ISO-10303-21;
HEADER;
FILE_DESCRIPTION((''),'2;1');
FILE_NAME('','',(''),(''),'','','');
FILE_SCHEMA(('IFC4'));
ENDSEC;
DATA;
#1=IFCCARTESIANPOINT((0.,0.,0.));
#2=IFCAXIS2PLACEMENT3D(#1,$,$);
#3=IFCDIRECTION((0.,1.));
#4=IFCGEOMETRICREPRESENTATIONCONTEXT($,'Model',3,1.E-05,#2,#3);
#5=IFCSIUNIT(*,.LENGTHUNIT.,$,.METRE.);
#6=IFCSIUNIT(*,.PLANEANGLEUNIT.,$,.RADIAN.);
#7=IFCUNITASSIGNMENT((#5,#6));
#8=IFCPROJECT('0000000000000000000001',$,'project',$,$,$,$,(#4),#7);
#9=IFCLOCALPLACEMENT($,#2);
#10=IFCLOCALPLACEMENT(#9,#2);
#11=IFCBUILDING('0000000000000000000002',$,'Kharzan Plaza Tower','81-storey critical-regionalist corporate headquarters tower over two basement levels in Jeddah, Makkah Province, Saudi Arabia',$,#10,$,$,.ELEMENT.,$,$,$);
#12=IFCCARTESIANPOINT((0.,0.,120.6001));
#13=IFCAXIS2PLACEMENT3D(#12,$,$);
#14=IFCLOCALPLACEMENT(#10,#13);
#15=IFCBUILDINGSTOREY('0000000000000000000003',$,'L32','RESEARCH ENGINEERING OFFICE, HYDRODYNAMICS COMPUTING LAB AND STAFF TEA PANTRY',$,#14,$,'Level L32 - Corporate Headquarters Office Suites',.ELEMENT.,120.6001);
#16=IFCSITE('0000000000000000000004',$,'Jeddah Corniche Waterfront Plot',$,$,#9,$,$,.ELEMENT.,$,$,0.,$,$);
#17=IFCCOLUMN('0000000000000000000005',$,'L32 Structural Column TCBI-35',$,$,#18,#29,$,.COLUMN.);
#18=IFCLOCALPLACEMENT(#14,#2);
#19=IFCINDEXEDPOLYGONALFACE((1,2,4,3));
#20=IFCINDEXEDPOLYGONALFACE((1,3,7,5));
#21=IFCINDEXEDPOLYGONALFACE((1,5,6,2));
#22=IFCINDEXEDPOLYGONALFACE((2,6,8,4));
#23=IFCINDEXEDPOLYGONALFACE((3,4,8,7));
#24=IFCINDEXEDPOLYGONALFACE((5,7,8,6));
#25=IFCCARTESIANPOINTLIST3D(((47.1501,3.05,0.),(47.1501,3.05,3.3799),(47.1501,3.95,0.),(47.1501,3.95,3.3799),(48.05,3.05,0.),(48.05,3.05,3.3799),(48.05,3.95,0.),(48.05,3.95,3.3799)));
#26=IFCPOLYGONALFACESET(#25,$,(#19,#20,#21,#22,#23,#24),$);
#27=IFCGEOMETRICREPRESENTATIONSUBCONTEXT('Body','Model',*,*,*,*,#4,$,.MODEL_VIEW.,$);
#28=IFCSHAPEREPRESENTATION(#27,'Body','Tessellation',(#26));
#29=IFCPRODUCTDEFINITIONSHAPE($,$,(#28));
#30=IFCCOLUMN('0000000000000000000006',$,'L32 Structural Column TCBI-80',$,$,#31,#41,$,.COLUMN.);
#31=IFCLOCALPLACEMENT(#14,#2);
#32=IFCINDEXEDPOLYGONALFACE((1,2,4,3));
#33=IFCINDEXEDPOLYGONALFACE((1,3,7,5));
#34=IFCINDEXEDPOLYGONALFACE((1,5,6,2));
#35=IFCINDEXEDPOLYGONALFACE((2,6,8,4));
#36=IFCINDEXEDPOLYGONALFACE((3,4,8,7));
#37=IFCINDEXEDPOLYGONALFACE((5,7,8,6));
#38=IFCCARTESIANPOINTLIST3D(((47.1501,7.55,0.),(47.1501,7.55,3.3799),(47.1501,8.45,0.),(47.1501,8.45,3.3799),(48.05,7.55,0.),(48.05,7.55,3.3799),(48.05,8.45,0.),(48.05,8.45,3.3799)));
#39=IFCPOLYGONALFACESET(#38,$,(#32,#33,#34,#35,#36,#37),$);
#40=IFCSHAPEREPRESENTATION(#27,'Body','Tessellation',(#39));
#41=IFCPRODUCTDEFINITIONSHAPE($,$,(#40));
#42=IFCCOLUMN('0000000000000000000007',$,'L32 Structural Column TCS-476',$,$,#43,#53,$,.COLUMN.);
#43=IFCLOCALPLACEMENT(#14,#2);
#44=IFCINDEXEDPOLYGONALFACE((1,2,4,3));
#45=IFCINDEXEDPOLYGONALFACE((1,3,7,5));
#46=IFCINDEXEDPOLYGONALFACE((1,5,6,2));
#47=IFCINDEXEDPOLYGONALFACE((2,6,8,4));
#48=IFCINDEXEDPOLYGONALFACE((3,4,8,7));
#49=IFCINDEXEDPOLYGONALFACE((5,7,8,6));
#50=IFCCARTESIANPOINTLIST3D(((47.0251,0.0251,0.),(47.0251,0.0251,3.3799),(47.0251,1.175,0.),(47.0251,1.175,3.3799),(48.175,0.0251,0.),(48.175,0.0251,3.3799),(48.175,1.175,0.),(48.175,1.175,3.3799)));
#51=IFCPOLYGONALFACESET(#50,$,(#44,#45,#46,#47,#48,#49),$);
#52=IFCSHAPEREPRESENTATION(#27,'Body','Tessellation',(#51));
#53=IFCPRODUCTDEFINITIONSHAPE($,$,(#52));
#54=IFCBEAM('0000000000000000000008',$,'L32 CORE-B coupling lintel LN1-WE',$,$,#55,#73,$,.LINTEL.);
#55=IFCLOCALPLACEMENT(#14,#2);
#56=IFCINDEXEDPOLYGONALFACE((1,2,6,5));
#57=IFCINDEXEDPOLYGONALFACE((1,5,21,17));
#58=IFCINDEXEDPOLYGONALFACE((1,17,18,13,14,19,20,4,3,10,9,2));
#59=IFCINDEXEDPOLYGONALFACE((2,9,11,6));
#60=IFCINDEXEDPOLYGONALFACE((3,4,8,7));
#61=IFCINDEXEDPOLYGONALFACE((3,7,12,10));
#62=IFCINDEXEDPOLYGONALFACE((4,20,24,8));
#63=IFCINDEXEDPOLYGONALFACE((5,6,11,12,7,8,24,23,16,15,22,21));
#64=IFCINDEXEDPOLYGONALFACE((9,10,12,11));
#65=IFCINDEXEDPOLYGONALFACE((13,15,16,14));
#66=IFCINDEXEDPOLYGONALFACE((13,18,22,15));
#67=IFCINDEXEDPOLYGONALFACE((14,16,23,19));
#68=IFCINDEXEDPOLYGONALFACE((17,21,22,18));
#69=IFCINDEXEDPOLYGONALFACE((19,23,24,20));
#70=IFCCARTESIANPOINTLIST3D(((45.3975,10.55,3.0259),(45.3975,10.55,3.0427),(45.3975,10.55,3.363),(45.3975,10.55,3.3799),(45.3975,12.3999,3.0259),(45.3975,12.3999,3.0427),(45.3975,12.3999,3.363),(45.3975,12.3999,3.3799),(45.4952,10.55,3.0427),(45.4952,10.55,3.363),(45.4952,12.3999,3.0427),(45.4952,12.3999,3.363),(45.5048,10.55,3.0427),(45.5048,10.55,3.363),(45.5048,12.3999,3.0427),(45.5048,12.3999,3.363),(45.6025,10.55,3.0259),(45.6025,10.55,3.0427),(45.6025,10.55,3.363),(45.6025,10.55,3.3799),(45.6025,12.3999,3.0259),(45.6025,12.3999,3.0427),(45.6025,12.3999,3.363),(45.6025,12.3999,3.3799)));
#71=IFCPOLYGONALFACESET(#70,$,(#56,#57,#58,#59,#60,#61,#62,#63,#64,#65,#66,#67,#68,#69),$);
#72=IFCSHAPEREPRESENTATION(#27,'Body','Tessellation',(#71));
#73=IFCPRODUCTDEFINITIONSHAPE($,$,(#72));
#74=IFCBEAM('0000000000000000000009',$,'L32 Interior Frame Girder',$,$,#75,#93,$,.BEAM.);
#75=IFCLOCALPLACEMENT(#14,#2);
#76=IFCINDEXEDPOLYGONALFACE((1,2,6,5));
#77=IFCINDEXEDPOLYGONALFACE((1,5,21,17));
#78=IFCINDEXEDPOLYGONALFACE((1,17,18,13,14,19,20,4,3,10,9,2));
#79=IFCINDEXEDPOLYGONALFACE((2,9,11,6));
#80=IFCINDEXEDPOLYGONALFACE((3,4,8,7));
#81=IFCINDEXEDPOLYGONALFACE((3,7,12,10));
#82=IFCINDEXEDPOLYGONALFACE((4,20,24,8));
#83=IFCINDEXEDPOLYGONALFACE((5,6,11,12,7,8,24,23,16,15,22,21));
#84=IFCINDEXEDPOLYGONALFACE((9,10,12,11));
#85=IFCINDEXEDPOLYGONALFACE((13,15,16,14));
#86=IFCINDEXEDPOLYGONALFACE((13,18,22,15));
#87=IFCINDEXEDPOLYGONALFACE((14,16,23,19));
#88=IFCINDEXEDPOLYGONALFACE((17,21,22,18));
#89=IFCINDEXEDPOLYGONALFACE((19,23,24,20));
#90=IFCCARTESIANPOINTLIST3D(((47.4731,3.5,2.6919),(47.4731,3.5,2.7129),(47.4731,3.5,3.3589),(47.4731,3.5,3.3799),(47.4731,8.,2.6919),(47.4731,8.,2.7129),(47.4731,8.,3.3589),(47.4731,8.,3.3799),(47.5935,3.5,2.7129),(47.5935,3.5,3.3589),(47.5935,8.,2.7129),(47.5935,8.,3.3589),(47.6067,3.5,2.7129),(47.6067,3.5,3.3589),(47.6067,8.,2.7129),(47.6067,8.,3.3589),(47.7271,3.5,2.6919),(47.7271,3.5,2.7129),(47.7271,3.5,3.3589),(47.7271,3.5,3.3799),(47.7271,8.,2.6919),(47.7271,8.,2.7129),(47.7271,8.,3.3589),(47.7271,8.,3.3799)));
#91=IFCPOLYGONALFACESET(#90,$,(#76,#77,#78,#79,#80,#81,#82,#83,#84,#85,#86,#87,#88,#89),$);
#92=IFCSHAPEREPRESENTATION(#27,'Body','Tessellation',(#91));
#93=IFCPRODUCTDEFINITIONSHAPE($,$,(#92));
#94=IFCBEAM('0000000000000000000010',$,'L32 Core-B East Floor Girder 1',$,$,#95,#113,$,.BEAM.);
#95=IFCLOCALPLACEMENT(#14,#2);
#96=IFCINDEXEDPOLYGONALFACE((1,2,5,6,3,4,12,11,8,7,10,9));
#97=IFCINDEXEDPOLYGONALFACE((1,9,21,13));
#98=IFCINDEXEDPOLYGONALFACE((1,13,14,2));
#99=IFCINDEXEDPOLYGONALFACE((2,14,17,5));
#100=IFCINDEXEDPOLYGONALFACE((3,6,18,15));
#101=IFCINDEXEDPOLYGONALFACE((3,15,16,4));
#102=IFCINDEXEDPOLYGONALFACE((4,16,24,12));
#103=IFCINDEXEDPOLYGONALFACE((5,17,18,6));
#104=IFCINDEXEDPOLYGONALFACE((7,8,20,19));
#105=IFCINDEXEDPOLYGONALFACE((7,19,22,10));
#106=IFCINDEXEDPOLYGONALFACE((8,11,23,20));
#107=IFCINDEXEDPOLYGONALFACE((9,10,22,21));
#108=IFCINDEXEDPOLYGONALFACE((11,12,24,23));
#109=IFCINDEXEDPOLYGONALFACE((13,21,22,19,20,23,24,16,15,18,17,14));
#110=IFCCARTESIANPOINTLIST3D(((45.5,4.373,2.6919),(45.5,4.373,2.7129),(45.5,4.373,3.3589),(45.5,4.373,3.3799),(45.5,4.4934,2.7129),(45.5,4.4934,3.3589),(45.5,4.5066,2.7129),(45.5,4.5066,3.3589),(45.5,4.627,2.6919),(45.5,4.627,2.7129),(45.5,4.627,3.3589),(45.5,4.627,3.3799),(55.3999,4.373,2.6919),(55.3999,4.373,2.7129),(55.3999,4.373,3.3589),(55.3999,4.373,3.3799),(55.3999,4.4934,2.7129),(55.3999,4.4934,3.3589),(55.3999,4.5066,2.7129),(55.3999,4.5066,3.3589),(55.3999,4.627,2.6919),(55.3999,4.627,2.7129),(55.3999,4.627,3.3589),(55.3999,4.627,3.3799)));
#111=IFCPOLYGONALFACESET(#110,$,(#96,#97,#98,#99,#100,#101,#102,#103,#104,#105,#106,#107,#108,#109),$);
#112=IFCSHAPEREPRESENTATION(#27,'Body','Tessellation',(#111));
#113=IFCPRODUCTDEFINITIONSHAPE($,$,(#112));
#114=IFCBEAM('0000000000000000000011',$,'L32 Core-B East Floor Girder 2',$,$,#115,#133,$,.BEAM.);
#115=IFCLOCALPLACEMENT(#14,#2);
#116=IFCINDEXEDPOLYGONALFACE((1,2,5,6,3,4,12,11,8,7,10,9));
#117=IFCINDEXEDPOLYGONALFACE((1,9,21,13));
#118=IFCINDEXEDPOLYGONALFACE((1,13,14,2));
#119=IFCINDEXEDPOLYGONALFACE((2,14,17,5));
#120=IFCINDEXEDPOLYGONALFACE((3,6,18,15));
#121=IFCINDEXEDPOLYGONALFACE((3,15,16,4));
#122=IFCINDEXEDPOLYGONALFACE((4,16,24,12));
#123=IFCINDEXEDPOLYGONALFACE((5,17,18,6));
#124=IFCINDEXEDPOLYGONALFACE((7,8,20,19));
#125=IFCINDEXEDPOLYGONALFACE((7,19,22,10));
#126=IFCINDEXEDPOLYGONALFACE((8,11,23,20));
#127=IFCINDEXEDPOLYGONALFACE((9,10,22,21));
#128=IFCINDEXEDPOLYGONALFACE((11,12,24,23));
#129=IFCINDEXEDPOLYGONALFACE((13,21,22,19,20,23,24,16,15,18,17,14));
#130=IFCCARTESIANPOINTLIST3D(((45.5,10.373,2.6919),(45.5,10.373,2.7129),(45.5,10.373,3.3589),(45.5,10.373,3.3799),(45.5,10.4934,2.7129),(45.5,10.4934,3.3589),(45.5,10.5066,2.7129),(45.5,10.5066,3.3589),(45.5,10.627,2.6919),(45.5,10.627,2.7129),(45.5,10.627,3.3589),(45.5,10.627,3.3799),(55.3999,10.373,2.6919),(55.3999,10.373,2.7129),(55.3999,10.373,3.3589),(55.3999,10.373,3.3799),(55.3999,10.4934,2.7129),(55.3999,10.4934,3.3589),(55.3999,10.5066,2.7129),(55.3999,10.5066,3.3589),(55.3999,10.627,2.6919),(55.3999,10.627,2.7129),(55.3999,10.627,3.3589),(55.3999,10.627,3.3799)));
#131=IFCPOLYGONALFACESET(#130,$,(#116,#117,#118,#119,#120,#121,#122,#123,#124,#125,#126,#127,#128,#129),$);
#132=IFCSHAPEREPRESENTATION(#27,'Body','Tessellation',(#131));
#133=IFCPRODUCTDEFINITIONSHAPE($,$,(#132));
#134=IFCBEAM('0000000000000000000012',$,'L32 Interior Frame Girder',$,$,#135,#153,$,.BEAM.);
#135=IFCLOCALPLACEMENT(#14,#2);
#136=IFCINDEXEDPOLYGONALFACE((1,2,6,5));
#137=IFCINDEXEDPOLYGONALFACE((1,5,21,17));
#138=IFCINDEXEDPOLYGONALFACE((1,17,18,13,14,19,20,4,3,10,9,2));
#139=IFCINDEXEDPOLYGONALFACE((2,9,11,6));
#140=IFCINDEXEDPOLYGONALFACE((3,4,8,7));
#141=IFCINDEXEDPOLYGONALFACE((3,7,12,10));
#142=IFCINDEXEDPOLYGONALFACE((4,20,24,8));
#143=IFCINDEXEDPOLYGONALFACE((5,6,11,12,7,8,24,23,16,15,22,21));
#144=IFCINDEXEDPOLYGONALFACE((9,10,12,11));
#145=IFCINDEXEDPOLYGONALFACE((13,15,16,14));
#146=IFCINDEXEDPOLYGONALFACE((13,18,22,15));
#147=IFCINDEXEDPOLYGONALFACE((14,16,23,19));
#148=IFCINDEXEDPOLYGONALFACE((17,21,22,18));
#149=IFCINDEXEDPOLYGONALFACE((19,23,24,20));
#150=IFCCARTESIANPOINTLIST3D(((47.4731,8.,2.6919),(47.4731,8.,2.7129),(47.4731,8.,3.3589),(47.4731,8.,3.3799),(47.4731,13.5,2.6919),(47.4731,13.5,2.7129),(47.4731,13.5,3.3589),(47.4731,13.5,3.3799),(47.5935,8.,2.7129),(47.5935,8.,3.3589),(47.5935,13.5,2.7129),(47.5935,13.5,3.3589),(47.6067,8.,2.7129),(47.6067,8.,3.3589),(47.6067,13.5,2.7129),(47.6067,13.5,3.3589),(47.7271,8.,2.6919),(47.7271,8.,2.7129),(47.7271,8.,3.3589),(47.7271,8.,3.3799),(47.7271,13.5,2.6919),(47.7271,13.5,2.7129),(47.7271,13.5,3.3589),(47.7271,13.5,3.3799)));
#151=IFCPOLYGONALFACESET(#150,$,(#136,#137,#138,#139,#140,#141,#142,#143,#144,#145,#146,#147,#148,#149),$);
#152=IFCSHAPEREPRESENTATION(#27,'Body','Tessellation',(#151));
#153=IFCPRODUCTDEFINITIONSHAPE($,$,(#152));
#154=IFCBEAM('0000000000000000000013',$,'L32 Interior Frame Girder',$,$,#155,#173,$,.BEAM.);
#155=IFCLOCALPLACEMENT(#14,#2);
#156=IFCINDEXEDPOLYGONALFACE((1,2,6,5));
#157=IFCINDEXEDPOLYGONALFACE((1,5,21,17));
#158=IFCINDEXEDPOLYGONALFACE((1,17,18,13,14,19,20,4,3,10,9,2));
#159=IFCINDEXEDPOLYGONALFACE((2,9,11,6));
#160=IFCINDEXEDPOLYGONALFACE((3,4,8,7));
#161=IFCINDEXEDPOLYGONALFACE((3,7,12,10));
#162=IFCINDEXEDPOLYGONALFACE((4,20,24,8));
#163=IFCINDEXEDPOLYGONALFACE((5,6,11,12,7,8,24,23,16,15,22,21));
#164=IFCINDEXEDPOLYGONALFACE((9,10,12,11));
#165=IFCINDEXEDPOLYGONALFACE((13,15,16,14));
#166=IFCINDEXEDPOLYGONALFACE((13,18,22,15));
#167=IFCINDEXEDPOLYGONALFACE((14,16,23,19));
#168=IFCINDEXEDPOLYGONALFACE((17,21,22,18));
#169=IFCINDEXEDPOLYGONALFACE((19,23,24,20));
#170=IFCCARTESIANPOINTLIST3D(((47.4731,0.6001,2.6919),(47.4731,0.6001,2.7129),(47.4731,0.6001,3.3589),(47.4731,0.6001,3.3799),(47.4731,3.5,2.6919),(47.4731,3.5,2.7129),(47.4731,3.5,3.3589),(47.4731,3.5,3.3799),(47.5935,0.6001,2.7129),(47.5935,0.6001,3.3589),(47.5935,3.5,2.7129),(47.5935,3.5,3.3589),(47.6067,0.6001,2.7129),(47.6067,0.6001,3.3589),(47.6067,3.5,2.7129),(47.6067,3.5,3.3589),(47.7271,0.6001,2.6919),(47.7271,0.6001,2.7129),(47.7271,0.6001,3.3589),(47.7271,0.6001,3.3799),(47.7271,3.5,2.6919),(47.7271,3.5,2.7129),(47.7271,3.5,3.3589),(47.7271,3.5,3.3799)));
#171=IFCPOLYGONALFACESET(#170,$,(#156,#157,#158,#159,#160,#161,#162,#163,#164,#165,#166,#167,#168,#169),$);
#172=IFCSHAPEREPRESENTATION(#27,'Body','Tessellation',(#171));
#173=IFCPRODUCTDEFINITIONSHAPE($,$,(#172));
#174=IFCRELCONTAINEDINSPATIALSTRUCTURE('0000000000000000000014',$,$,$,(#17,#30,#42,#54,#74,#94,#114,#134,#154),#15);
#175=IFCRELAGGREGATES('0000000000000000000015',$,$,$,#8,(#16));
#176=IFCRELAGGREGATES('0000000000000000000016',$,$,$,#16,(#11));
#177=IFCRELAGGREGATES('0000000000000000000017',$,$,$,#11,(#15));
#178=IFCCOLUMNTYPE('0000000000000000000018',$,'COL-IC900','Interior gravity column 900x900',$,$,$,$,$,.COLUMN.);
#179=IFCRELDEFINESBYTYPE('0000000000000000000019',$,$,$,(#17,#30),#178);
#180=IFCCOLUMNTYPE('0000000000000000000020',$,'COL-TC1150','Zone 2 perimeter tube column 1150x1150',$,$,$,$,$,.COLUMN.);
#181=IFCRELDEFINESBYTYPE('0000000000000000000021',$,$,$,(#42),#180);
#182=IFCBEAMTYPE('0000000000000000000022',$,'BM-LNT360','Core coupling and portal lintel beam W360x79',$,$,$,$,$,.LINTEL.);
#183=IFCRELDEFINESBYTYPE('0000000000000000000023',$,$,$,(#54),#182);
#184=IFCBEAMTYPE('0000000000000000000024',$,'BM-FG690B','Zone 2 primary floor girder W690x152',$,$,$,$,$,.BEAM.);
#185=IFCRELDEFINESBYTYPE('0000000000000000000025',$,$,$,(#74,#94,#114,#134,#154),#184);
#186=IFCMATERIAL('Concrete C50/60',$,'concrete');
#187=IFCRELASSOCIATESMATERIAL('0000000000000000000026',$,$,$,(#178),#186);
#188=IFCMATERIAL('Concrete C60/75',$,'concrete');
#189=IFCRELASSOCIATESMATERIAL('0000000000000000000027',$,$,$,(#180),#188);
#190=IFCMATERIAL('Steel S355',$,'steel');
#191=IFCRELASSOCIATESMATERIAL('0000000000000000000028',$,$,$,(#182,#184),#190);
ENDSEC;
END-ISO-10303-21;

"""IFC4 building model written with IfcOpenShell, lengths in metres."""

from ifc_helpers import new_model, si_unit, direction, frame, origin, origin_2d, place, context, subcontext, project, spatial, rectangle, i_section, extrude, source, transform, mapped, material, material_profile, profile_set, type_object, element, save


model = new_model("IFC4")

# Units and contexts
model_context = context("Model", 3, precision=1e-05, world=origin(), true_north=direction((0.0, 1.0)))
body_context = subcontext(model_context, "Body", "Model", "MODEL_VIEW")
ifc_project = project(units=[si_unit("LENGTHUNIT", "METRE"), si_unit("PLANEANGLEUNIT", "RADIAN")], contexts=[model_context])

# Site, building, storey
site_placement = place(None, origin())
site = spatial("IfcSite", under=ifc_project, at=site_placement, Name="Jeddah Corniche Waterfront Plot", CompositionType="ELEMENT", RefElevation=0.0)
building_placement = place(site_placement, origin())
building = spatial("IfcBuilding", under=site, at=building_placement, Name="Kharzan Plaza Tower", Description="81-storey critical-regionalist corporate headquarters tower over two basement levels in Jeddah, Makkah Province, Saudi Arabia", CompositionType="ELEMENT")
storey_placement = place(building_placement, frame((0.0, 0.0, 120.6001)))
storey = spatial("IfcBuildingStorey", under=building, at=storey_placement, Name="L32", Description="RESEARCH ENGINEERING OFFICE, HYDRODYNAMICS COMPUTING LAB AND STAFF TEA PANTRY", LongName="Level L32 - Corporate Headquarters Office Suites", CompositionType="ELEMENT", Elevation=120.6001)

# Columns
ifc_material_1 = material(Name="Concrete C50/60", Category="concrete")
ifc_material_profile_1 = material_profile(ifc_material_1, rectangle(XDim=0.8999, YDim=0.8999, at=origin_2d()), Name="RC-IC900x900")
ifc_profile_set_1 = profile_set([ifc_material_profile_1], Name="Concrete C50/60")
column_type_1 = type_object("IfcColumnType", Name="COL-IC900", Description="Interior gravity column 900x900", PredefinedType="COLUMN", material=ifc_profile_set_1)
shared_shape_1 = source(origin(), body_context, "Body", "SweptSolid", [
    extrude(rectangle(XDim=0.8999, YDim=0.8999, at=origin_2d()), origin(), (0.0, 0.0, 1.0), 3.3799),
])
for number, where, z_axis, x_axis, name in (
    (1, (47.6001, 3.5, 0.0), (0.0, 0.0, 1.0), (1.0, 0.0, 0.0), "L32 Structural Column TCBI-35"),
    (2, (47.6001, 8.0, 0.0), (0.0, 0.0, 1.0), (1.0, 0.0, 0.0), "L32 Structural Column TCBI-80"),
):
    element("IfcColumn", number, at=place(storey_placement, frame(where, z_axis=z_axis, x_axis=x_axis)), inside=storey, type_object=column_type_1, Name=name, PredefinedType="COLUMN", context=body_context, shape_type="MappedRepresentation", body=[
        mapped(shared_shape_1, transform((0.0, 0.0, 0.0), x_axis=(1.0, 0.0, 0.0), y_axis=(0.0, 1.0, 0.0), z_axis=(0.0, 0.0, 1.0))),
    ])
ifc_material_2 = material(Name="Concrete C60/75", Category="concrete")
ifc_material_profile_2 = material_profile(ifc_material_2, rectangle(XDim=1.1499, YDim=1.1499, at=origin_2d()), Name="RC-TC1150x1150")
ifc_profile_set_2 = profile_set([ifc_material_profile_2], Name="Concrete C60/75")
column_type_2 = type_object("IfcColumnType", Name="COL-TC1150", Description="Zone 2 perimeter tube column 1150x1150", PredefinedType="COLUMN", material=ifc_profile_set_2)
shared_shape_2 = source(origin(), body_context, "Body", "SweptSolid", [
    extrude(rectangle(XDim=1.1499, YDim=1.1499, at=origin_2d()), origin(), (0.0, 0.0, 1.0), 3.3799),
])
column_placement = place(storey_placement, frame((47.6001, 0.6001, 0.0), z_axis=(0.0, 0.0, 1.0), x_axis=(1.0, 0.0, 0.0)))
element("IfcColumn", 3, at=column_placement, inside=storey, type_object=column_type_2, Name="L32 Structural Column TCS-476", PredefinedType="COLUMN", context=body_context, shape_type="MappedRepresentation", body=[
    mapped(shared_shape_2, transform((0.0, 0.0, 0.0), x_axis=(1.0, 0.0, 0.0), y_axis=(0.0, 1.0, 0.0), z_axis=(0.0, 0.0, 1.0))),
])

# Beams
ifc_material_3 = material(Name="Steel S355", Category="steel")
ifc_material_profile_3 = material_profile(ifc_material_3, i_section(OverallWidth=0.2051, OverallDepth=0.354, WebThickness=0.0095, FlangeThickness=0.0168, at=origin_2d()), Name="W360x79")
ifc_profile_set_3 = profile_set([ifc_material_profile_3], Name="Steel S355")
beam_type_1 = type_object("IfcBeamType", Name="BM-LNT360", Description="Core coupling and portal lintel beam W360x79", PredefinedType="LINTEL", material=ifc_profile_set_3)
shared_shape_3 = source(origin(), body_context, "Body", "SweptSolid", [
    extrude(i_section(OverallWidth=0.2051, OverallDepth=0.354, WebThickness=0.0095, FlangeThickness=0.0168, at=origin_2d()), origin(), (0.0, 0.0, 1.0), 1.8499),
])
beam_1_placement = place(storey_placement, frame((45.5, 10.55, 3.2029), z_axis=(0.0, 1.0, 0.0), x_axis=(-1.0, 0.0, 0.0)))
element("IfcBeam", 4, at=beam_1_placement, inside=storey, type_object=beam_type_1, Name="L32 CORE-B coupling lintel LN1-WE", PredefinedType="LINTEL", context=body_context, shape_type="MappedRepresentation", body=[
    mapped(shared_shape_3, transform((0.0, 0.0, 0.0), x_axis=(1.0, 0.0, 0.0), y_axis=(0.0, 1.0, 0.0), z_axis=(0.0, 0.0, 1.0))),
])
ifc_material_profile_4 = material_profile(ifc_material_3, i_section(OverallWidth=0.2539, OverallDepth=0.688, WebThickness=0.0132, FlangeThickness=0.021, at=origin_2d()), Name="W690x152")
ifc_profile_set_4 = profile_set([ifc_material_profile_4], Name="Steel S355")
beam_type_2 = type_object("IfcBeamType", Name="BM-FG690B", Description="Zone 2 primary floor girder W690x152", PredefinedType="BEAM", material=ifc_profile_set_4)
shared_shape_4 = source(origin(), body_context, "Body", "SweptSolid", [
    extrude(i_section(OverallWidth=0.2539, OverallDepth=0.688, WebThickness=0.0132, FlangeThickness=0.021, at=origin_2d()), origin(), (0.0, 0.0, 1.0), 4.5),
])
beam_2_placement = place(storey_placement, frame((47.6001, 3.5, 3.0359), z_axis=(0.0, 1.0, 0.0), x_axis=(-1.0, 0.0, 0.0)))
element("IfcBeam", 5, at=beam_2_placement, inside=storey, type_object=beam_type_2, Name="L32 Interior Frame Girder", PredefinedType="BEAM", context=body_context, shape_type="MappedRepresentation", body=[
    mapped(shared_shape_4, transform((0.0, 0.0, 0.0), x_axis=(1.0, 0.0, 0.0), y_axis=(0.0, 1.0, 0.0), z_axis=(0.0, 0.0, 1.0))),
])
shared_shape_5 = source(origin(), body_context, "Body", "SweptSolid", [
    extrude(i_section(OverallWidth=0.2539, OverallDepth=0.688, WebThickness=0.0132, FlangeThickness=0.021, at=origin_2d()), origin(), (0.0, 0.0, 1.0), 9.8999),
])
for number, where, z_axis, x_axis, name in (
    (6, (45.5, 4.5, 3.0359), (1.0, 0.0, 0.0), (0.0, 1.0, 0.0), "L32 Core-B East Floor Girder 1"),
    (7, (45.5, 10.5, 3.0359), (1.0, 0.0, 0.0), (0.0, 1.0, 0.0), "L32 Core-B East Floor Girder 2"),
):
    element("IfcBeam", number, at=place(storey_placement, frame(where, z_axis=z_axis, x_axis=x_axis)), inside=storey, type_object=beam_type_2, Name=name, PredefinedType="BEAM", context=body_context, shape_type="MappedRepresentation", body=[
        mapped(shared_shape_5, transform((0.0, 0.0, 0.0), x_axis=(1.0, 0.0, 0.0), y_axis=(0.0, 1.0, 0.0), z_axis=(0.0, 0.0, 1.0))),
    ])
shared_shape_6 = source(origin(), body_context, "Body", "SweptSolid", [
    extrude(i_section(OverallWidth=0.2539, OverallDepth=0.688, WebThickness=0.0132, FlangeThickness=0.021, at=origin_2d()), origin(), (0.0, 0.0, 1.0), 5.5),
])
beam_3_placement = place(storey_placement, frame((47.6001, 8.0, 3.0359), z_axis=(0.0, 1.0, 0.0), x_axis=(-1.0, 0.0, 0.0)))
element("IfcBeam", 8, at=beam_3_placement, inside=storey, type_object=beam_type_2, Name="L32 Interior Frame Girder", PredefinedType="BEAM", context=body_context, shape_type="MappedRepresentation", body=[
    mapped(shared_shape_6, transform((0.0, 0.0, 0.0), x_axis=(1.0, 0.0, 0.0), y_axis=(0.0, 1.0, 0.0), z_axis=(0.0, 0.0, 1.0))),
])
shared_shape_7 = source(origin(), body_context, "Body", "SweptSolid", [
    extrude(i_section(OverallWidth=0.2539, OverallDepth=0.688, WebThickness=0.0132, FlangeThickness=0.021, at=origin_2d()), origin(), (0.0, 0.0, 1.0), 2.8999),
])
for number, where, z_axis, x_axis, name in (
    (9, (47.6001, 0.6001, 3.0359), (0.0, 1.0, 0.0), (-1.0, 0.0, 0.0), "L32 Interior Frame Girder"),
):
    element("IfcBeam", number, at=place(storey_placement, frame(where, z_axis=z_axis, x_axis=x_axis)), inside=storey, type_object=beam_type_2, Name=name, PredefinedType="BEAM", context=body_context, shape_type="MappedRepresentation", body=[
        mapped(shared_shape_7, transform((0.0, 0.0, 0.0), x_axis=(1.0, 0.0, 0.0), y_axis=(0.0, 1.0, 0.0), z_axis=(0.0, 0.0, 1.0))),
    ])

save(model, "model.ifc")
